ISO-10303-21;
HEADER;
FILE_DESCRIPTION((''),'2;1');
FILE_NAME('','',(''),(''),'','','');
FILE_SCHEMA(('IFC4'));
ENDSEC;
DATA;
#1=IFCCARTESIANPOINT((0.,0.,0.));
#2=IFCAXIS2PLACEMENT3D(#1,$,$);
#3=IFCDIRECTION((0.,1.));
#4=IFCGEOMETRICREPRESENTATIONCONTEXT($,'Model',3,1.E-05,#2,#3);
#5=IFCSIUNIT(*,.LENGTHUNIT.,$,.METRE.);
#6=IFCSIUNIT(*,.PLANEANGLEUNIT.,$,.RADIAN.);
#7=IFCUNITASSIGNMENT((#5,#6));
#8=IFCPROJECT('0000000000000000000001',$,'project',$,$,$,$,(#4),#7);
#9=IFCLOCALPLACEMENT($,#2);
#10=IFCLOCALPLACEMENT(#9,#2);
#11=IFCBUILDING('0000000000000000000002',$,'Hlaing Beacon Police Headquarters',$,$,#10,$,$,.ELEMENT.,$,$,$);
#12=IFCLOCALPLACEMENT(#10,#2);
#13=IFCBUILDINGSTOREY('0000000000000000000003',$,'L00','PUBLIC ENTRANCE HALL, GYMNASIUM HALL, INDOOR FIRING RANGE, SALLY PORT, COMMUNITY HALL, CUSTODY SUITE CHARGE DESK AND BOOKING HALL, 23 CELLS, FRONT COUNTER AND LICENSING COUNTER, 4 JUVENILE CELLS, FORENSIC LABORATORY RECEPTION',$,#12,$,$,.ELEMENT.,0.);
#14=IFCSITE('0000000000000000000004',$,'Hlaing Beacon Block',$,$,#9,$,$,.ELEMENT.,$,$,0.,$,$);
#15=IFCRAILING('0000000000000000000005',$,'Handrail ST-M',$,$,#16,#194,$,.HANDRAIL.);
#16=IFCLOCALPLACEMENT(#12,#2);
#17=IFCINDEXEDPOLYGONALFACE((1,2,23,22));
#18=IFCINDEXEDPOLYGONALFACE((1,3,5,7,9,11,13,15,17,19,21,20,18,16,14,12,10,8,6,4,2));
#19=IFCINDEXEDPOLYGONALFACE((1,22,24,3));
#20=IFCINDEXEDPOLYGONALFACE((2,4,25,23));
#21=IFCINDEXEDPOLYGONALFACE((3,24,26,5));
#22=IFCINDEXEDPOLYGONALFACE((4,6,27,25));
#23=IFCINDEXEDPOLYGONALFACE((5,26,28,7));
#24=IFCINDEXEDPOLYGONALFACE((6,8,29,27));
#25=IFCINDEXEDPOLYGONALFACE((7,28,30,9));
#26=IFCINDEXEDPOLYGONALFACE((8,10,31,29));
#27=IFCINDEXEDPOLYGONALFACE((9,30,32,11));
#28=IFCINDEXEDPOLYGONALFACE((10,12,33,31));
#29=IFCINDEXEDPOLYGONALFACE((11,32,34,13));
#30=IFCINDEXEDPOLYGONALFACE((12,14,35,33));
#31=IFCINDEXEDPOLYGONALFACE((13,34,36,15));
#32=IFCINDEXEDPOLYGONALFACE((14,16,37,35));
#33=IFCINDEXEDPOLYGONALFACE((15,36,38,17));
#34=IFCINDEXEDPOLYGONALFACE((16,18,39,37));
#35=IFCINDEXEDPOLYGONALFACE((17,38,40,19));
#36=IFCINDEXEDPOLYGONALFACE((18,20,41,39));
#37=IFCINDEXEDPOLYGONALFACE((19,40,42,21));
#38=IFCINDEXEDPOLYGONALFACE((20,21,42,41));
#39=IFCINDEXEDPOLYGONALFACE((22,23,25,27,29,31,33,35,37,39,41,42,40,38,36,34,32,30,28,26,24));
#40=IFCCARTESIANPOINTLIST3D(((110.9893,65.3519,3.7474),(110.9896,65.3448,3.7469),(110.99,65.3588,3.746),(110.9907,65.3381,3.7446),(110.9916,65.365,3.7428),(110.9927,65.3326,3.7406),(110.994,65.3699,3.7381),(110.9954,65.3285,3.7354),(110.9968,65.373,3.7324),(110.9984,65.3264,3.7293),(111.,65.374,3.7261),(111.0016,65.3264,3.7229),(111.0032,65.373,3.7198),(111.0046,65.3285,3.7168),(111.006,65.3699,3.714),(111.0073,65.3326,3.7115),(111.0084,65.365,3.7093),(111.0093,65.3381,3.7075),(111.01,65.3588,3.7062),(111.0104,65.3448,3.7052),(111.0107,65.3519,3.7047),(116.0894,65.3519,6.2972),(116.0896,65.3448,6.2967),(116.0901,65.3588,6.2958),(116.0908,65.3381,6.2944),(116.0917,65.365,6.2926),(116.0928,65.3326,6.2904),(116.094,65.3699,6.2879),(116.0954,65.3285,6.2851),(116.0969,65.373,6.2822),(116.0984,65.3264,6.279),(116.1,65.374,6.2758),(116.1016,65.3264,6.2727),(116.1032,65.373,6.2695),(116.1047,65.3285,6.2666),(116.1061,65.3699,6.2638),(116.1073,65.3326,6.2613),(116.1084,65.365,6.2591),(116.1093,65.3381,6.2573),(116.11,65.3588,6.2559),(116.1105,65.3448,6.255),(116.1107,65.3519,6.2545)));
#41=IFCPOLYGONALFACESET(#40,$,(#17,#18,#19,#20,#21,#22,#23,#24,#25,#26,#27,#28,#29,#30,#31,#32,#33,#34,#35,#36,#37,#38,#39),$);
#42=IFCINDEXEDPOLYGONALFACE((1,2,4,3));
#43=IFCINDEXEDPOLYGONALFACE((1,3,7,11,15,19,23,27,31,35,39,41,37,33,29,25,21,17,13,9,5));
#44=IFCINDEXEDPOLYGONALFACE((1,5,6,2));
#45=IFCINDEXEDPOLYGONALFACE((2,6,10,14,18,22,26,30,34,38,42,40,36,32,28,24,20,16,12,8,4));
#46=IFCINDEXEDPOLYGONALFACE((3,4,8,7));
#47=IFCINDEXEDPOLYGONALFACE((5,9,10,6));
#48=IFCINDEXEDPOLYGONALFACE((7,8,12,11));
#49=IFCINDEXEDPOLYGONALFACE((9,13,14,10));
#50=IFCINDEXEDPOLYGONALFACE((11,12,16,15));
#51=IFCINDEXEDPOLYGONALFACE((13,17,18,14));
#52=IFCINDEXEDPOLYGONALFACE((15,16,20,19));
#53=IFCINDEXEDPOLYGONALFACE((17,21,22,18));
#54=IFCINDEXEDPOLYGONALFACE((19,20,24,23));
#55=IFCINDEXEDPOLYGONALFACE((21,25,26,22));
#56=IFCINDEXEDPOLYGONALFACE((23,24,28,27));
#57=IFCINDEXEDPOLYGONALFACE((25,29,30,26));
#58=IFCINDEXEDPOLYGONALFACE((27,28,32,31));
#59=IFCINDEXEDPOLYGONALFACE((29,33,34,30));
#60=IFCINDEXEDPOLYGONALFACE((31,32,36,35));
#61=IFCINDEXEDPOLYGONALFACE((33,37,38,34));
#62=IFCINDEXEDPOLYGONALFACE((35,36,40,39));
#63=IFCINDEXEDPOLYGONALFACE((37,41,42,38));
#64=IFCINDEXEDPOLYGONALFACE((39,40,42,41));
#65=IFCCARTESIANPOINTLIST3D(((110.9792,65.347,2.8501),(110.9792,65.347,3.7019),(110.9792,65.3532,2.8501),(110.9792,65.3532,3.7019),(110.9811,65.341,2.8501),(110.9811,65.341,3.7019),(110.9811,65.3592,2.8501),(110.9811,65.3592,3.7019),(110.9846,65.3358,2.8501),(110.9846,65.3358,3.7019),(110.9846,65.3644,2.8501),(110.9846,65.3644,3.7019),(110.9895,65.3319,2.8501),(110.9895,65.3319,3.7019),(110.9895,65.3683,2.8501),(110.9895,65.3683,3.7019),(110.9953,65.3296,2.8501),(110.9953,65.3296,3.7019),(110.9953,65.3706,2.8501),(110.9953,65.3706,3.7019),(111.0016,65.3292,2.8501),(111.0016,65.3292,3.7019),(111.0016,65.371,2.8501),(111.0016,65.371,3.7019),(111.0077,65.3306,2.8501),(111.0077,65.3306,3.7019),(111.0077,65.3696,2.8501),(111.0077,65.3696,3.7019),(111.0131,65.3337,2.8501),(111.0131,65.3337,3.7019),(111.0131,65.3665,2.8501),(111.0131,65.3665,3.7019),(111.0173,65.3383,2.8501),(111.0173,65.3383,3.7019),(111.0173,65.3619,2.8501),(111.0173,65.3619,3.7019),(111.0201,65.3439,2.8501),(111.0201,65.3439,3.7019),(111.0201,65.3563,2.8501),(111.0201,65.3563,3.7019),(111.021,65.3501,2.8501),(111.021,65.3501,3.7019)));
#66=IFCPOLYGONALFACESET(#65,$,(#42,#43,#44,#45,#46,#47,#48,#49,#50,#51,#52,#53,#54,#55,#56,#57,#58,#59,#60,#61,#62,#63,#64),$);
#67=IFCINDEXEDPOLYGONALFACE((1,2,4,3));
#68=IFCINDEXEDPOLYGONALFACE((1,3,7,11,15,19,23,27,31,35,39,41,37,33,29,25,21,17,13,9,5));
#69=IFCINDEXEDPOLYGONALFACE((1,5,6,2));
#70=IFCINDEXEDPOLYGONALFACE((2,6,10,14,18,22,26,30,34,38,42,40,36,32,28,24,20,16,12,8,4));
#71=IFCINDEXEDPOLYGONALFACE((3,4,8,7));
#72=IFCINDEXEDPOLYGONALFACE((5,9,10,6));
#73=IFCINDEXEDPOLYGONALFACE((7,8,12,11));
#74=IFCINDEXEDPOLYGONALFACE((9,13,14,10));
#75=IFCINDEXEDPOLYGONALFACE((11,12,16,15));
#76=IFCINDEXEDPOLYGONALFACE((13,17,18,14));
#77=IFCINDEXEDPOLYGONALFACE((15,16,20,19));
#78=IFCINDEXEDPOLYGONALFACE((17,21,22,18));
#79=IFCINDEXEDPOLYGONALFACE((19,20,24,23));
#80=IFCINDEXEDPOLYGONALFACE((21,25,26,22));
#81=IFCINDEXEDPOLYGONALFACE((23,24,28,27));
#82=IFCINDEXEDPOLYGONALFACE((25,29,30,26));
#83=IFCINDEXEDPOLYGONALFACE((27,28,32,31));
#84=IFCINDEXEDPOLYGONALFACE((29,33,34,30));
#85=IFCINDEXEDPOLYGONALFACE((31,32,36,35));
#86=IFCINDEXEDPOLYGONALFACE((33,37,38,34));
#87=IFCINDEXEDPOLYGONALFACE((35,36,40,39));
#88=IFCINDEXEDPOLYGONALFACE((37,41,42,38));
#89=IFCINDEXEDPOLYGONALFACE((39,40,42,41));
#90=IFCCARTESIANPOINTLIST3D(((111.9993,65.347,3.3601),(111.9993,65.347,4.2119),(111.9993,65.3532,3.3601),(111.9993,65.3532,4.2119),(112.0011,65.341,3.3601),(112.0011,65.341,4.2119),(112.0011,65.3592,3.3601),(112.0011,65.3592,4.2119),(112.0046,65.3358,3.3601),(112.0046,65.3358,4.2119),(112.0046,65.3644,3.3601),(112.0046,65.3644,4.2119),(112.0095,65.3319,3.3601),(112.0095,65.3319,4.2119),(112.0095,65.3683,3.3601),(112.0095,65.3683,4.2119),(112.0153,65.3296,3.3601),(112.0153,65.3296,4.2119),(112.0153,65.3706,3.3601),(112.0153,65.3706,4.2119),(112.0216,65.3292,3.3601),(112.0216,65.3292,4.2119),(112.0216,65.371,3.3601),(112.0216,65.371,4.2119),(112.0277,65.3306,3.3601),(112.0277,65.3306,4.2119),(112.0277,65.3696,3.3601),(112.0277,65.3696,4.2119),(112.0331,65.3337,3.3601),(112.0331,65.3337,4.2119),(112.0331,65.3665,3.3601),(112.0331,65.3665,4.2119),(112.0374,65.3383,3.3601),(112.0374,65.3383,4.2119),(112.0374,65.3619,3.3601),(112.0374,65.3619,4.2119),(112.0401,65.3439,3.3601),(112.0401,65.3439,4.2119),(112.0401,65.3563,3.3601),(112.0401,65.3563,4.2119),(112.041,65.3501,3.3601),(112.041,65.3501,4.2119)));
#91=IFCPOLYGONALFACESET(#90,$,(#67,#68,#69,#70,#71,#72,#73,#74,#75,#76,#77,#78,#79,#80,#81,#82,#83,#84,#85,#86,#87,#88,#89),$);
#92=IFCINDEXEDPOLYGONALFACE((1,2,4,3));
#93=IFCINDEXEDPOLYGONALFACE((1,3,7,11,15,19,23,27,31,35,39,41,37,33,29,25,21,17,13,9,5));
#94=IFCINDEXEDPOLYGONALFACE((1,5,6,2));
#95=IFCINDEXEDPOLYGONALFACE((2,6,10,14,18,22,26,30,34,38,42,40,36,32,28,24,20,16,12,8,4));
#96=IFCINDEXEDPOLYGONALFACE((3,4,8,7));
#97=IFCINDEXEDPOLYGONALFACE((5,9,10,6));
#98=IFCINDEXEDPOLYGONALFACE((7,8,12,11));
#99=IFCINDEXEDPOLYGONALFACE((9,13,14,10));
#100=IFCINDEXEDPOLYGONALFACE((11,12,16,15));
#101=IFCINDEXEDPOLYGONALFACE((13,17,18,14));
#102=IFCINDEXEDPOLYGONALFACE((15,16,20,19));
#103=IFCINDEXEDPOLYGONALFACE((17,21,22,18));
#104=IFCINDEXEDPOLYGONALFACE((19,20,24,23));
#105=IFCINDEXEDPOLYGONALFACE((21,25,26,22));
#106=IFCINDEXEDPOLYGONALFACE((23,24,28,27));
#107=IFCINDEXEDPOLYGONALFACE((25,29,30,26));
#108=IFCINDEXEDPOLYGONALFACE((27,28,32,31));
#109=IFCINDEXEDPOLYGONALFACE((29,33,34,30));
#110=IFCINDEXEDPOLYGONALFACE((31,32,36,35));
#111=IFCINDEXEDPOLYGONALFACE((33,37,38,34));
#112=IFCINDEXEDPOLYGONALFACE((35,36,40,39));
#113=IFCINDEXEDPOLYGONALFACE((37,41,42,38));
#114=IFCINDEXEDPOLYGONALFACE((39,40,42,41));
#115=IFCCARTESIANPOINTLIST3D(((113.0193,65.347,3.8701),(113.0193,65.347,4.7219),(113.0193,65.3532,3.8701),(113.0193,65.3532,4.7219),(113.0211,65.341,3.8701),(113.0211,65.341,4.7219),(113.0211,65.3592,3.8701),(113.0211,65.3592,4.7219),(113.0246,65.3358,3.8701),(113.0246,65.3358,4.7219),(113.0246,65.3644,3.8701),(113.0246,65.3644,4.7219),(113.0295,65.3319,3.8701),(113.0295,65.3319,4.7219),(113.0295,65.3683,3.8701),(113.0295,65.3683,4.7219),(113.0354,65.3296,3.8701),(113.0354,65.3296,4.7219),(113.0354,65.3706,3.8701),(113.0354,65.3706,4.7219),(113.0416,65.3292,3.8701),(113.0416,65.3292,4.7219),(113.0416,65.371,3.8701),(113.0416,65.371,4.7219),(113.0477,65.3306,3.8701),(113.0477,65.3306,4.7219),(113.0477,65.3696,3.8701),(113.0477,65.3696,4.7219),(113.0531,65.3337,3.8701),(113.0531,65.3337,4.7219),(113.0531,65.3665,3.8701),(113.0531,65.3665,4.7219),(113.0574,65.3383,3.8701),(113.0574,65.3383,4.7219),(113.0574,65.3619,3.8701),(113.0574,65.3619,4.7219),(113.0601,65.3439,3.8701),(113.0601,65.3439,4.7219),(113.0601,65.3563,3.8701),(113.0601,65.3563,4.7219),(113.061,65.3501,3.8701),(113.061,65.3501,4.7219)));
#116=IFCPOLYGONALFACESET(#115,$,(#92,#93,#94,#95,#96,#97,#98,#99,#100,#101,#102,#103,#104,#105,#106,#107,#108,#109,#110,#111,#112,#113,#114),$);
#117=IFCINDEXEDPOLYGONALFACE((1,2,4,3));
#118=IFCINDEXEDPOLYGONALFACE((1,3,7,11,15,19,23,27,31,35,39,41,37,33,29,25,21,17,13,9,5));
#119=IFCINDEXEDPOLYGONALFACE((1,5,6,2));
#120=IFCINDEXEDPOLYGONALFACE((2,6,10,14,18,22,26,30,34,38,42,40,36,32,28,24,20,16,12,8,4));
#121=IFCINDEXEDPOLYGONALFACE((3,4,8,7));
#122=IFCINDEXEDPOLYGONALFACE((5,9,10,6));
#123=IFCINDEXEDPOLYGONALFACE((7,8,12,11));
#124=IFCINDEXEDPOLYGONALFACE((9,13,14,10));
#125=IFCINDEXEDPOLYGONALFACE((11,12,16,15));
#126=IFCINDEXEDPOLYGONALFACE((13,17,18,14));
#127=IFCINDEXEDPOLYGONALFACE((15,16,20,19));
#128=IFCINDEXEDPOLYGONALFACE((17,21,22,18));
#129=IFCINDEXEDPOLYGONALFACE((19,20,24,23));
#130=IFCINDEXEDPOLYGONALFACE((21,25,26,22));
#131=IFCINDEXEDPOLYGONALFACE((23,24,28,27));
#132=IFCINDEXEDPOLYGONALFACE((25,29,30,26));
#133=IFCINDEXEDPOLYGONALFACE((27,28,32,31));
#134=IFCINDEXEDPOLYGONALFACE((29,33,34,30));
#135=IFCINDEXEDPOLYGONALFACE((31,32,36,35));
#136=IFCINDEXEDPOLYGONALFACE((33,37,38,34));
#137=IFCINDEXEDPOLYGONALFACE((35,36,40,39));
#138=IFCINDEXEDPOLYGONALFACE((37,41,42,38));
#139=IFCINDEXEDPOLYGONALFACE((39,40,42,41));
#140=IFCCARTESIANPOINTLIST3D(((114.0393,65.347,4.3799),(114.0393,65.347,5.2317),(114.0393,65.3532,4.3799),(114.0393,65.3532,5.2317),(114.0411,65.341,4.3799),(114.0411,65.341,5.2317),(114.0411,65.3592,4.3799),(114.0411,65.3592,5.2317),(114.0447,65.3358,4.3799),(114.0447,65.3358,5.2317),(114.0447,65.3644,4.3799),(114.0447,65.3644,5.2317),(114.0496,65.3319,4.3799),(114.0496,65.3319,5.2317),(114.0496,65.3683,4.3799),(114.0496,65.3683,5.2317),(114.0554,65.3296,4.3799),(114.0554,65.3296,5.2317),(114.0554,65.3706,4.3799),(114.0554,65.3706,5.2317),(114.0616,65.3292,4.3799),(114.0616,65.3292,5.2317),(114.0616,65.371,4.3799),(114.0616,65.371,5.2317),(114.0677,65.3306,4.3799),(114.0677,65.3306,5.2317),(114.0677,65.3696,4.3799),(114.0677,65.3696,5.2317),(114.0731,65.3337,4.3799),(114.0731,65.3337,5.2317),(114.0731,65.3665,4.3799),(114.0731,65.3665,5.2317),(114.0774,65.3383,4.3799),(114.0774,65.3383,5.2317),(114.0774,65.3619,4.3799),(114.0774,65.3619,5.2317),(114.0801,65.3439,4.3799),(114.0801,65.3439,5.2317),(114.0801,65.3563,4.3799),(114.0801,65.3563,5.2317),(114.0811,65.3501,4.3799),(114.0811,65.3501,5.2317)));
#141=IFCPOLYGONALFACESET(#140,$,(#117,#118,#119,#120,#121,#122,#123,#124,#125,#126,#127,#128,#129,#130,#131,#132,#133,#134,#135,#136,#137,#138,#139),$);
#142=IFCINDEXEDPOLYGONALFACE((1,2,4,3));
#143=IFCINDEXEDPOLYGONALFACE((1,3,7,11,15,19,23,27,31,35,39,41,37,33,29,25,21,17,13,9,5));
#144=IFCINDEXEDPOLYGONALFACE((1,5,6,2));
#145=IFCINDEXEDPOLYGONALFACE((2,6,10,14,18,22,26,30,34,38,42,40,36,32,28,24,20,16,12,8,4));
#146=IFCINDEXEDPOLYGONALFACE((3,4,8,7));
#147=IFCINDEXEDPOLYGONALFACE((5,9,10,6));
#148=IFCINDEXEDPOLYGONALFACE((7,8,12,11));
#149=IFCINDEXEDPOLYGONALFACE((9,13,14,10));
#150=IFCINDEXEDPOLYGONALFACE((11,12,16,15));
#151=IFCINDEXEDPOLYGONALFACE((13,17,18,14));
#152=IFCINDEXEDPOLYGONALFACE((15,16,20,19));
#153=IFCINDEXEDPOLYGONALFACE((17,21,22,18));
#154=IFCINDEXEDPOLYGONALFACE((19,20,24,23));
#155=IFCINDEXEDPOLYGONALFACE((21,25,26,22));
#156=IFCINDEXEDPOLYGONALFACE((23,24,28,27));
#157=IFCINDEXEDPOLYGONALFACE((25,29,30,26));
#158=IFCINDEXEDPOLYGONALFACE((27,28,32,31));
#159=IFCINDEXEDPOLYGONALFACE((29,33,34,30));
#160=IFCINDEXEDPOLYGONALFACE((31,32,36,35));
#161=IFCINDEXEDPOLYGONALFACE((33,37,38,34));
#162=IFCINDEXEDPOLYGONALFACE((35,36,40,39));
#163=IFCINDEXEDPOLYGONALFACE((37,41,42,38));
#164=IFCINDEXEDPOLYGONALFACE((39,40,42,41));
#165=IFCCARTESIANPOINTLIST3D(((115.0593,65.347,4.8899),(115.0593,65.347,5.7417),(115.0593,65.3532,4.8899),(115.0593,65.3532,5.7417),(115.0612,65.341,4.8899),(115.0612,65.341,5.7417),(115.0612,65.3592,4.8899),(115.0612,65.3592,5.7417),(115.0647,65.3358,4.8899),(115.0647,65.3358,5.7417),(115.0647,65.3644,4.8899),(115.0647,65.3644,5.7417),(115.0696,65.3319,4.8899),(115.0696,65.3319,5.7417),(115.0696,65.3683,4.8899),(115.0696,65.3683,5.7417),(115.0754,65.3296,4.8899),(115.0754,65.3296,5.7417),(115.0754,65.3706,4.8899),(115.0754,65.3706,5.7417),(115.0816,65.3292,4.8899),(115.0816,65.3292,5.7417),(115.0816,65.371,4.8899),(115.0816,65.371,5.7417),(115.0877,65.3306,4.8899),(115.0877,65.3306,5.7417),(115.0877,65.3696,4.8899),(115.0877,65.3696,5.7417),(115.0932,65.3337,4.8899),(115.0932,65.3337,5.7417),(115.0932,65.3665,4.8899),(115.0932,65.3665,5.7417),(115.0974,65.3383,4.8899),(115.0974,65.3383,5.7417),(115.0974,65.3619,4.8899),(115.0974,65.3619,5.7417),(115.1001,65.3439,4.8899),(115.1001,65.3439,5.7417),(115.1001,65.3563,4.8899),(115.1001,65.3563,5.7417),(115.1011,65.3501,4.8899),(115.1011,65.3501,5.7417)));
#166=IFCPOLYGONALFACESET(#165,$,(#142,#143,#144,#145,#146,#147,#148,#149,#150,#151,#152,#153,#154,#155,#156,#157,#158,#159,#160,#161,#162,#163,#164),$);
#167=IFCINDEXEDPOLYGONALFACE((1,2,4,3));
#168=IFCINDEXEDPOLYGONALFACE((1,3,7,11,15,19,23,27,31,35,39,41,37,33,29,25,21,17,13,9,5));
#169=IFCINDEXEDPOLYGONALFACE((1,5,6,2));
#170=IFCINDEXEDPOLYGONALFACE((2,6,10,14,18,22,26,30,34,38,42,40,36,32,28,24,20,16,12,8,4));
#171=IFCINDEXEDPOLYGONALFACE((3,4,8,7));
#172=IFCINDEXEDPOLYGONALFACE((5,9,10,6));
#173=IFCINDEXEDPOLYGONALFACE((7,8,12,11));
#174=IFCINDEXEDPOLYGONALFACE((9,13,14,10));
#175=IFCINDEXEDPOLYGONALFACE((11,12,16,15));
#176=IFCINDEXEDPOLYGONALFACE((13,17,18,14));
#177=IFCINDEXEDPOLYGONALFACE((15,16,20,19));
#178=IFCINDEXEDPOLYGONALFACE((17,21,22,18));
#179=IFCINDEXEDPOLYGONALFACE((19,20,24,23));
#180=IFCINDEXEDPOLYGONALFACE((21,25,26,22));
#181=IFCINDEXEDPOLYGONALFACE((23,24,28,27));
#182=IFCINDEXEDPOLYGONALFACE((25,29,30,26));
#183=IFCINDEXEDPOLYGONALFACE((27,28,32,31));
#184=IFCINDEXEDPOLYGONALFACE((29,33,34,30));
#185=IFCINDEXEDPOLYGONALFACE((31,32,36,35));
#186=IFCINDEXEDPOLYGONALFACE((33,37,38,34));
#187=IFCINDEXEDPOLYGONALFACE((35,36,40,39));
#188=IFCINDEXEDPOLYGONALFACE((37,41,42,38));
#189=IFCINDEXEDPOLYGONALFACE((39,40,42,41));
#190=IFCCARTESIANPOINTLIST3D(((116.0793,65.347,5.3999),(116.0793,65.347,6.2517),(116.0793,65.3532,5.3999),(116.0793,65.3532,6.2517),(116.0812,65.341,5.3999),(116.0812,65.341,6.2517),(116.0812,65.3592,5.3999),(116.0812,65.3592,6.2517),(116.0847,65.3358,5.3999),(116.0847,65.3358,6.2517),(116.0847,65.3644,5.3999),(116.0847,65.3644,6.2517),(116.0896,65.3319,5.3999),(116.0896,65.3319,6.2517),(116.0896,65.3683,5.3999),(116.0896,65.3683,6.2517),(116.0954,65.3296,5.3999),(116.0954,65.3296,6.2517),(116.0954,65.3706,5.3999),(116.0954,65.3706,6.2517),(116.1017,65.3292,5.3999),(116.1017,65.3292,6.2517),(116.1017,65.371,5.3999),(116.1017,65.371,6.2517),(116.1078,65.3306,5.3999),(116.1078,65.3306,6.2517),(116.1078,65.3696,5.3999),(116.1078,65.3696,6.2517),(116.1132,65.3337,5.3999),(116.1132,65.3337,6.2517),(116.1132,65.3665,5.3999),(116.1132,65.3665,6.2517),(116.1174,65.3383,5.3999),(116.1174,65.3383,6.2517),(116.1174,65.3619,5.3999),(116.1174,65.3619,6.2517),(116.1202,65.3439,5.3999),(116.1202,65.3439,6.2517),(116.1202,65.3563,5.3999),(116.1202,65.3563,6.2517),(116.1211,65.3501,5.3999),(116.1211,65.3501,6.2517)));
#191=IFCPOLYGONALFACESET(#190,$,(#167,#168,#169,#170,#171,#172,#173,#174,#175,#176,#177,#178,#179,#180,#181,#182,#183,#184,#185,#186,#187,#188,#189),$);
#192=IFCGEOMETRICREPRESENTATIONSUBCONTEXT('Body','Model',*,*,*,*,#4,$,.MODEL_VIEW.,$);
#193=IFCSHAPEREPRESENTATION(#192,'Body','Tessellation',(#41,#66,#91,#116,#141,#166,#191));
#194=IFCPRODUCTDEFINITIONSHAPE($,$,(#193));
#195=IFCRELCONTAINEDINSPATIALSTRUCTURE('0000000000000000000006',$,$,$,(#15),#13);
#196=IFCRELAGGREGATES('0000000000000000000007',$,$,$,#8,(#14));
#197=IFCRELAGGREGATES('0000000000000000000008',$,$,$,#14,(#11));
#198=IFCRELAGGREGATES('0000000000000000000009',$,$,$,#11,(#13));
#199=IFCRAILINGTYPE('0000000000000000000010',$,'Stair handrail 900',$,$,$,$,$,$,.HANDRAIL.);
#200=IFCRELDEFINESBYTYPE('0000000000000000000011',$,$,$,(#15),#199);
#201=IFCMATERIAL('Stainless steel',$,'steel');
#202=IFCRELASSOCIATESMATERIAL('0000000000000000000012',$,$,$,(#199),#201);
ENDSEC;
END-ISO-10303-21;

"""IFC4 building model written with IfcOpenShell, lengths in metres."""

from ifc_helpers import new_model, si_unit, direction, frame, origin, origin_2d, place, context, subcontext, project, spatial, circle, extrude, material, type_object, element, save


model = new_model("IFC4")

# Units and contexts
model_context = context("Model", 3, precision=1e-05, world=origin(), true_north=direction((0.0, 1.0)))
body_context = subcontext(model_context, "Body", "Model", "MODEL_VIEW")
ifc_project = project(units=[si_unit("LENGTHUNIT", "METRE"), si_unit("PLANEANGLEUNIT", "RADIAN")], contexts=[model_context])

# Site, building, storey
site_placement = place(None, origin())
site = spatial("IfcSite", under=ifc_project, at=site_placement, Name="Hlaing Beacon Block", CompositionType="ELEMENT", RefElevation=0.0)
building_placement = place(site_placement, origin())
building = spatial("IfcBuilding", under=site, at=building_placement, Name="Hlaing Beacon Police Headquarters", CompositionType="ELEMENT")
storey_placement = place(building_placement, origin())
storey = spatial("IfcBuildingStorey", under=building, at=storey_placement, Name="L00", Description="PUBLIC ENTRANCE HALL, GYMNASIUM HALL, INDOOR FIRING RANGE, SALLY PORT, COMMUNITY HALL, CUSTODY SUITE CHARGE DESK AND BOOKING HALL, 23 CELLS, FRONT COUNTER AND LICENSING COUNTER, 4 JUVENILE CELLS, FORENSIC LABORATORY RECEPTION", CompositionType="ELEMENT", Elevation=0.0)

# Railing
ifc_material_1 = material(Name="Stainless steel", Category="steel")
railing_type = type_object("IfcRailingType", Name="Stair handrail 900", PredefinedType="HANDRAIL", material=ifc_material_1)
for number, where, name in (
    (1, (111.0, 65.3501, 2.8501), "Handrail ST-M"),
):
    element("IfcRailing", number, at=place(storey_placement, frame(where)), inside=storey, type_object=railing_type, Name=name, PredefinedType="HANDRAIL", context=body_context, shape_type="SweptSolid", body=[
        extrude(circle(Radius=0.0239, at=origin_2d()), frame((0.0, 0.0, 0.876), z_axis=(0.894444, 0.0, 0.447179), x_axis=(0.0, 1.0, 0.0)), (0.0, 0.0, 1.0), 5.7019),
        extrude(circle(Radius=0.021, at=origin_2d()), origin(), (0.0, 0.0, 1.0), 0.8518),
        extrude(circle(Radius=0.021, at=origin_2d()), frame((1.02, 0.0, 0.51)), (0.0, 0.0, 1.0), 0.8518),
        extrude(circle(Radius=0.021, at=origin_2d()), frame((2.04, 0.0, 1.02)), (0.0, 0.0, 1.0), 0.8518),
        extrude(circle(Radius=0.021, at=origin_2d()), frame((3.0601, 0.0, 1.5298)), (0.0, 0.0, 1.0), 0.8518),
        extrude(circle(Radius=0.021, at=origin_2d()), frame((4.0801, 0.0, 2.0398)), (0.0, 0.0, 1.0), 0.8518),
        extrude(circle(Radius=0.021, at=origin_2d()), frame((5.1001, 0.0, 2.5498)), (0.0, 0.0, 1.0), 0.8518),
    ])

save(model, "model.ifc")
